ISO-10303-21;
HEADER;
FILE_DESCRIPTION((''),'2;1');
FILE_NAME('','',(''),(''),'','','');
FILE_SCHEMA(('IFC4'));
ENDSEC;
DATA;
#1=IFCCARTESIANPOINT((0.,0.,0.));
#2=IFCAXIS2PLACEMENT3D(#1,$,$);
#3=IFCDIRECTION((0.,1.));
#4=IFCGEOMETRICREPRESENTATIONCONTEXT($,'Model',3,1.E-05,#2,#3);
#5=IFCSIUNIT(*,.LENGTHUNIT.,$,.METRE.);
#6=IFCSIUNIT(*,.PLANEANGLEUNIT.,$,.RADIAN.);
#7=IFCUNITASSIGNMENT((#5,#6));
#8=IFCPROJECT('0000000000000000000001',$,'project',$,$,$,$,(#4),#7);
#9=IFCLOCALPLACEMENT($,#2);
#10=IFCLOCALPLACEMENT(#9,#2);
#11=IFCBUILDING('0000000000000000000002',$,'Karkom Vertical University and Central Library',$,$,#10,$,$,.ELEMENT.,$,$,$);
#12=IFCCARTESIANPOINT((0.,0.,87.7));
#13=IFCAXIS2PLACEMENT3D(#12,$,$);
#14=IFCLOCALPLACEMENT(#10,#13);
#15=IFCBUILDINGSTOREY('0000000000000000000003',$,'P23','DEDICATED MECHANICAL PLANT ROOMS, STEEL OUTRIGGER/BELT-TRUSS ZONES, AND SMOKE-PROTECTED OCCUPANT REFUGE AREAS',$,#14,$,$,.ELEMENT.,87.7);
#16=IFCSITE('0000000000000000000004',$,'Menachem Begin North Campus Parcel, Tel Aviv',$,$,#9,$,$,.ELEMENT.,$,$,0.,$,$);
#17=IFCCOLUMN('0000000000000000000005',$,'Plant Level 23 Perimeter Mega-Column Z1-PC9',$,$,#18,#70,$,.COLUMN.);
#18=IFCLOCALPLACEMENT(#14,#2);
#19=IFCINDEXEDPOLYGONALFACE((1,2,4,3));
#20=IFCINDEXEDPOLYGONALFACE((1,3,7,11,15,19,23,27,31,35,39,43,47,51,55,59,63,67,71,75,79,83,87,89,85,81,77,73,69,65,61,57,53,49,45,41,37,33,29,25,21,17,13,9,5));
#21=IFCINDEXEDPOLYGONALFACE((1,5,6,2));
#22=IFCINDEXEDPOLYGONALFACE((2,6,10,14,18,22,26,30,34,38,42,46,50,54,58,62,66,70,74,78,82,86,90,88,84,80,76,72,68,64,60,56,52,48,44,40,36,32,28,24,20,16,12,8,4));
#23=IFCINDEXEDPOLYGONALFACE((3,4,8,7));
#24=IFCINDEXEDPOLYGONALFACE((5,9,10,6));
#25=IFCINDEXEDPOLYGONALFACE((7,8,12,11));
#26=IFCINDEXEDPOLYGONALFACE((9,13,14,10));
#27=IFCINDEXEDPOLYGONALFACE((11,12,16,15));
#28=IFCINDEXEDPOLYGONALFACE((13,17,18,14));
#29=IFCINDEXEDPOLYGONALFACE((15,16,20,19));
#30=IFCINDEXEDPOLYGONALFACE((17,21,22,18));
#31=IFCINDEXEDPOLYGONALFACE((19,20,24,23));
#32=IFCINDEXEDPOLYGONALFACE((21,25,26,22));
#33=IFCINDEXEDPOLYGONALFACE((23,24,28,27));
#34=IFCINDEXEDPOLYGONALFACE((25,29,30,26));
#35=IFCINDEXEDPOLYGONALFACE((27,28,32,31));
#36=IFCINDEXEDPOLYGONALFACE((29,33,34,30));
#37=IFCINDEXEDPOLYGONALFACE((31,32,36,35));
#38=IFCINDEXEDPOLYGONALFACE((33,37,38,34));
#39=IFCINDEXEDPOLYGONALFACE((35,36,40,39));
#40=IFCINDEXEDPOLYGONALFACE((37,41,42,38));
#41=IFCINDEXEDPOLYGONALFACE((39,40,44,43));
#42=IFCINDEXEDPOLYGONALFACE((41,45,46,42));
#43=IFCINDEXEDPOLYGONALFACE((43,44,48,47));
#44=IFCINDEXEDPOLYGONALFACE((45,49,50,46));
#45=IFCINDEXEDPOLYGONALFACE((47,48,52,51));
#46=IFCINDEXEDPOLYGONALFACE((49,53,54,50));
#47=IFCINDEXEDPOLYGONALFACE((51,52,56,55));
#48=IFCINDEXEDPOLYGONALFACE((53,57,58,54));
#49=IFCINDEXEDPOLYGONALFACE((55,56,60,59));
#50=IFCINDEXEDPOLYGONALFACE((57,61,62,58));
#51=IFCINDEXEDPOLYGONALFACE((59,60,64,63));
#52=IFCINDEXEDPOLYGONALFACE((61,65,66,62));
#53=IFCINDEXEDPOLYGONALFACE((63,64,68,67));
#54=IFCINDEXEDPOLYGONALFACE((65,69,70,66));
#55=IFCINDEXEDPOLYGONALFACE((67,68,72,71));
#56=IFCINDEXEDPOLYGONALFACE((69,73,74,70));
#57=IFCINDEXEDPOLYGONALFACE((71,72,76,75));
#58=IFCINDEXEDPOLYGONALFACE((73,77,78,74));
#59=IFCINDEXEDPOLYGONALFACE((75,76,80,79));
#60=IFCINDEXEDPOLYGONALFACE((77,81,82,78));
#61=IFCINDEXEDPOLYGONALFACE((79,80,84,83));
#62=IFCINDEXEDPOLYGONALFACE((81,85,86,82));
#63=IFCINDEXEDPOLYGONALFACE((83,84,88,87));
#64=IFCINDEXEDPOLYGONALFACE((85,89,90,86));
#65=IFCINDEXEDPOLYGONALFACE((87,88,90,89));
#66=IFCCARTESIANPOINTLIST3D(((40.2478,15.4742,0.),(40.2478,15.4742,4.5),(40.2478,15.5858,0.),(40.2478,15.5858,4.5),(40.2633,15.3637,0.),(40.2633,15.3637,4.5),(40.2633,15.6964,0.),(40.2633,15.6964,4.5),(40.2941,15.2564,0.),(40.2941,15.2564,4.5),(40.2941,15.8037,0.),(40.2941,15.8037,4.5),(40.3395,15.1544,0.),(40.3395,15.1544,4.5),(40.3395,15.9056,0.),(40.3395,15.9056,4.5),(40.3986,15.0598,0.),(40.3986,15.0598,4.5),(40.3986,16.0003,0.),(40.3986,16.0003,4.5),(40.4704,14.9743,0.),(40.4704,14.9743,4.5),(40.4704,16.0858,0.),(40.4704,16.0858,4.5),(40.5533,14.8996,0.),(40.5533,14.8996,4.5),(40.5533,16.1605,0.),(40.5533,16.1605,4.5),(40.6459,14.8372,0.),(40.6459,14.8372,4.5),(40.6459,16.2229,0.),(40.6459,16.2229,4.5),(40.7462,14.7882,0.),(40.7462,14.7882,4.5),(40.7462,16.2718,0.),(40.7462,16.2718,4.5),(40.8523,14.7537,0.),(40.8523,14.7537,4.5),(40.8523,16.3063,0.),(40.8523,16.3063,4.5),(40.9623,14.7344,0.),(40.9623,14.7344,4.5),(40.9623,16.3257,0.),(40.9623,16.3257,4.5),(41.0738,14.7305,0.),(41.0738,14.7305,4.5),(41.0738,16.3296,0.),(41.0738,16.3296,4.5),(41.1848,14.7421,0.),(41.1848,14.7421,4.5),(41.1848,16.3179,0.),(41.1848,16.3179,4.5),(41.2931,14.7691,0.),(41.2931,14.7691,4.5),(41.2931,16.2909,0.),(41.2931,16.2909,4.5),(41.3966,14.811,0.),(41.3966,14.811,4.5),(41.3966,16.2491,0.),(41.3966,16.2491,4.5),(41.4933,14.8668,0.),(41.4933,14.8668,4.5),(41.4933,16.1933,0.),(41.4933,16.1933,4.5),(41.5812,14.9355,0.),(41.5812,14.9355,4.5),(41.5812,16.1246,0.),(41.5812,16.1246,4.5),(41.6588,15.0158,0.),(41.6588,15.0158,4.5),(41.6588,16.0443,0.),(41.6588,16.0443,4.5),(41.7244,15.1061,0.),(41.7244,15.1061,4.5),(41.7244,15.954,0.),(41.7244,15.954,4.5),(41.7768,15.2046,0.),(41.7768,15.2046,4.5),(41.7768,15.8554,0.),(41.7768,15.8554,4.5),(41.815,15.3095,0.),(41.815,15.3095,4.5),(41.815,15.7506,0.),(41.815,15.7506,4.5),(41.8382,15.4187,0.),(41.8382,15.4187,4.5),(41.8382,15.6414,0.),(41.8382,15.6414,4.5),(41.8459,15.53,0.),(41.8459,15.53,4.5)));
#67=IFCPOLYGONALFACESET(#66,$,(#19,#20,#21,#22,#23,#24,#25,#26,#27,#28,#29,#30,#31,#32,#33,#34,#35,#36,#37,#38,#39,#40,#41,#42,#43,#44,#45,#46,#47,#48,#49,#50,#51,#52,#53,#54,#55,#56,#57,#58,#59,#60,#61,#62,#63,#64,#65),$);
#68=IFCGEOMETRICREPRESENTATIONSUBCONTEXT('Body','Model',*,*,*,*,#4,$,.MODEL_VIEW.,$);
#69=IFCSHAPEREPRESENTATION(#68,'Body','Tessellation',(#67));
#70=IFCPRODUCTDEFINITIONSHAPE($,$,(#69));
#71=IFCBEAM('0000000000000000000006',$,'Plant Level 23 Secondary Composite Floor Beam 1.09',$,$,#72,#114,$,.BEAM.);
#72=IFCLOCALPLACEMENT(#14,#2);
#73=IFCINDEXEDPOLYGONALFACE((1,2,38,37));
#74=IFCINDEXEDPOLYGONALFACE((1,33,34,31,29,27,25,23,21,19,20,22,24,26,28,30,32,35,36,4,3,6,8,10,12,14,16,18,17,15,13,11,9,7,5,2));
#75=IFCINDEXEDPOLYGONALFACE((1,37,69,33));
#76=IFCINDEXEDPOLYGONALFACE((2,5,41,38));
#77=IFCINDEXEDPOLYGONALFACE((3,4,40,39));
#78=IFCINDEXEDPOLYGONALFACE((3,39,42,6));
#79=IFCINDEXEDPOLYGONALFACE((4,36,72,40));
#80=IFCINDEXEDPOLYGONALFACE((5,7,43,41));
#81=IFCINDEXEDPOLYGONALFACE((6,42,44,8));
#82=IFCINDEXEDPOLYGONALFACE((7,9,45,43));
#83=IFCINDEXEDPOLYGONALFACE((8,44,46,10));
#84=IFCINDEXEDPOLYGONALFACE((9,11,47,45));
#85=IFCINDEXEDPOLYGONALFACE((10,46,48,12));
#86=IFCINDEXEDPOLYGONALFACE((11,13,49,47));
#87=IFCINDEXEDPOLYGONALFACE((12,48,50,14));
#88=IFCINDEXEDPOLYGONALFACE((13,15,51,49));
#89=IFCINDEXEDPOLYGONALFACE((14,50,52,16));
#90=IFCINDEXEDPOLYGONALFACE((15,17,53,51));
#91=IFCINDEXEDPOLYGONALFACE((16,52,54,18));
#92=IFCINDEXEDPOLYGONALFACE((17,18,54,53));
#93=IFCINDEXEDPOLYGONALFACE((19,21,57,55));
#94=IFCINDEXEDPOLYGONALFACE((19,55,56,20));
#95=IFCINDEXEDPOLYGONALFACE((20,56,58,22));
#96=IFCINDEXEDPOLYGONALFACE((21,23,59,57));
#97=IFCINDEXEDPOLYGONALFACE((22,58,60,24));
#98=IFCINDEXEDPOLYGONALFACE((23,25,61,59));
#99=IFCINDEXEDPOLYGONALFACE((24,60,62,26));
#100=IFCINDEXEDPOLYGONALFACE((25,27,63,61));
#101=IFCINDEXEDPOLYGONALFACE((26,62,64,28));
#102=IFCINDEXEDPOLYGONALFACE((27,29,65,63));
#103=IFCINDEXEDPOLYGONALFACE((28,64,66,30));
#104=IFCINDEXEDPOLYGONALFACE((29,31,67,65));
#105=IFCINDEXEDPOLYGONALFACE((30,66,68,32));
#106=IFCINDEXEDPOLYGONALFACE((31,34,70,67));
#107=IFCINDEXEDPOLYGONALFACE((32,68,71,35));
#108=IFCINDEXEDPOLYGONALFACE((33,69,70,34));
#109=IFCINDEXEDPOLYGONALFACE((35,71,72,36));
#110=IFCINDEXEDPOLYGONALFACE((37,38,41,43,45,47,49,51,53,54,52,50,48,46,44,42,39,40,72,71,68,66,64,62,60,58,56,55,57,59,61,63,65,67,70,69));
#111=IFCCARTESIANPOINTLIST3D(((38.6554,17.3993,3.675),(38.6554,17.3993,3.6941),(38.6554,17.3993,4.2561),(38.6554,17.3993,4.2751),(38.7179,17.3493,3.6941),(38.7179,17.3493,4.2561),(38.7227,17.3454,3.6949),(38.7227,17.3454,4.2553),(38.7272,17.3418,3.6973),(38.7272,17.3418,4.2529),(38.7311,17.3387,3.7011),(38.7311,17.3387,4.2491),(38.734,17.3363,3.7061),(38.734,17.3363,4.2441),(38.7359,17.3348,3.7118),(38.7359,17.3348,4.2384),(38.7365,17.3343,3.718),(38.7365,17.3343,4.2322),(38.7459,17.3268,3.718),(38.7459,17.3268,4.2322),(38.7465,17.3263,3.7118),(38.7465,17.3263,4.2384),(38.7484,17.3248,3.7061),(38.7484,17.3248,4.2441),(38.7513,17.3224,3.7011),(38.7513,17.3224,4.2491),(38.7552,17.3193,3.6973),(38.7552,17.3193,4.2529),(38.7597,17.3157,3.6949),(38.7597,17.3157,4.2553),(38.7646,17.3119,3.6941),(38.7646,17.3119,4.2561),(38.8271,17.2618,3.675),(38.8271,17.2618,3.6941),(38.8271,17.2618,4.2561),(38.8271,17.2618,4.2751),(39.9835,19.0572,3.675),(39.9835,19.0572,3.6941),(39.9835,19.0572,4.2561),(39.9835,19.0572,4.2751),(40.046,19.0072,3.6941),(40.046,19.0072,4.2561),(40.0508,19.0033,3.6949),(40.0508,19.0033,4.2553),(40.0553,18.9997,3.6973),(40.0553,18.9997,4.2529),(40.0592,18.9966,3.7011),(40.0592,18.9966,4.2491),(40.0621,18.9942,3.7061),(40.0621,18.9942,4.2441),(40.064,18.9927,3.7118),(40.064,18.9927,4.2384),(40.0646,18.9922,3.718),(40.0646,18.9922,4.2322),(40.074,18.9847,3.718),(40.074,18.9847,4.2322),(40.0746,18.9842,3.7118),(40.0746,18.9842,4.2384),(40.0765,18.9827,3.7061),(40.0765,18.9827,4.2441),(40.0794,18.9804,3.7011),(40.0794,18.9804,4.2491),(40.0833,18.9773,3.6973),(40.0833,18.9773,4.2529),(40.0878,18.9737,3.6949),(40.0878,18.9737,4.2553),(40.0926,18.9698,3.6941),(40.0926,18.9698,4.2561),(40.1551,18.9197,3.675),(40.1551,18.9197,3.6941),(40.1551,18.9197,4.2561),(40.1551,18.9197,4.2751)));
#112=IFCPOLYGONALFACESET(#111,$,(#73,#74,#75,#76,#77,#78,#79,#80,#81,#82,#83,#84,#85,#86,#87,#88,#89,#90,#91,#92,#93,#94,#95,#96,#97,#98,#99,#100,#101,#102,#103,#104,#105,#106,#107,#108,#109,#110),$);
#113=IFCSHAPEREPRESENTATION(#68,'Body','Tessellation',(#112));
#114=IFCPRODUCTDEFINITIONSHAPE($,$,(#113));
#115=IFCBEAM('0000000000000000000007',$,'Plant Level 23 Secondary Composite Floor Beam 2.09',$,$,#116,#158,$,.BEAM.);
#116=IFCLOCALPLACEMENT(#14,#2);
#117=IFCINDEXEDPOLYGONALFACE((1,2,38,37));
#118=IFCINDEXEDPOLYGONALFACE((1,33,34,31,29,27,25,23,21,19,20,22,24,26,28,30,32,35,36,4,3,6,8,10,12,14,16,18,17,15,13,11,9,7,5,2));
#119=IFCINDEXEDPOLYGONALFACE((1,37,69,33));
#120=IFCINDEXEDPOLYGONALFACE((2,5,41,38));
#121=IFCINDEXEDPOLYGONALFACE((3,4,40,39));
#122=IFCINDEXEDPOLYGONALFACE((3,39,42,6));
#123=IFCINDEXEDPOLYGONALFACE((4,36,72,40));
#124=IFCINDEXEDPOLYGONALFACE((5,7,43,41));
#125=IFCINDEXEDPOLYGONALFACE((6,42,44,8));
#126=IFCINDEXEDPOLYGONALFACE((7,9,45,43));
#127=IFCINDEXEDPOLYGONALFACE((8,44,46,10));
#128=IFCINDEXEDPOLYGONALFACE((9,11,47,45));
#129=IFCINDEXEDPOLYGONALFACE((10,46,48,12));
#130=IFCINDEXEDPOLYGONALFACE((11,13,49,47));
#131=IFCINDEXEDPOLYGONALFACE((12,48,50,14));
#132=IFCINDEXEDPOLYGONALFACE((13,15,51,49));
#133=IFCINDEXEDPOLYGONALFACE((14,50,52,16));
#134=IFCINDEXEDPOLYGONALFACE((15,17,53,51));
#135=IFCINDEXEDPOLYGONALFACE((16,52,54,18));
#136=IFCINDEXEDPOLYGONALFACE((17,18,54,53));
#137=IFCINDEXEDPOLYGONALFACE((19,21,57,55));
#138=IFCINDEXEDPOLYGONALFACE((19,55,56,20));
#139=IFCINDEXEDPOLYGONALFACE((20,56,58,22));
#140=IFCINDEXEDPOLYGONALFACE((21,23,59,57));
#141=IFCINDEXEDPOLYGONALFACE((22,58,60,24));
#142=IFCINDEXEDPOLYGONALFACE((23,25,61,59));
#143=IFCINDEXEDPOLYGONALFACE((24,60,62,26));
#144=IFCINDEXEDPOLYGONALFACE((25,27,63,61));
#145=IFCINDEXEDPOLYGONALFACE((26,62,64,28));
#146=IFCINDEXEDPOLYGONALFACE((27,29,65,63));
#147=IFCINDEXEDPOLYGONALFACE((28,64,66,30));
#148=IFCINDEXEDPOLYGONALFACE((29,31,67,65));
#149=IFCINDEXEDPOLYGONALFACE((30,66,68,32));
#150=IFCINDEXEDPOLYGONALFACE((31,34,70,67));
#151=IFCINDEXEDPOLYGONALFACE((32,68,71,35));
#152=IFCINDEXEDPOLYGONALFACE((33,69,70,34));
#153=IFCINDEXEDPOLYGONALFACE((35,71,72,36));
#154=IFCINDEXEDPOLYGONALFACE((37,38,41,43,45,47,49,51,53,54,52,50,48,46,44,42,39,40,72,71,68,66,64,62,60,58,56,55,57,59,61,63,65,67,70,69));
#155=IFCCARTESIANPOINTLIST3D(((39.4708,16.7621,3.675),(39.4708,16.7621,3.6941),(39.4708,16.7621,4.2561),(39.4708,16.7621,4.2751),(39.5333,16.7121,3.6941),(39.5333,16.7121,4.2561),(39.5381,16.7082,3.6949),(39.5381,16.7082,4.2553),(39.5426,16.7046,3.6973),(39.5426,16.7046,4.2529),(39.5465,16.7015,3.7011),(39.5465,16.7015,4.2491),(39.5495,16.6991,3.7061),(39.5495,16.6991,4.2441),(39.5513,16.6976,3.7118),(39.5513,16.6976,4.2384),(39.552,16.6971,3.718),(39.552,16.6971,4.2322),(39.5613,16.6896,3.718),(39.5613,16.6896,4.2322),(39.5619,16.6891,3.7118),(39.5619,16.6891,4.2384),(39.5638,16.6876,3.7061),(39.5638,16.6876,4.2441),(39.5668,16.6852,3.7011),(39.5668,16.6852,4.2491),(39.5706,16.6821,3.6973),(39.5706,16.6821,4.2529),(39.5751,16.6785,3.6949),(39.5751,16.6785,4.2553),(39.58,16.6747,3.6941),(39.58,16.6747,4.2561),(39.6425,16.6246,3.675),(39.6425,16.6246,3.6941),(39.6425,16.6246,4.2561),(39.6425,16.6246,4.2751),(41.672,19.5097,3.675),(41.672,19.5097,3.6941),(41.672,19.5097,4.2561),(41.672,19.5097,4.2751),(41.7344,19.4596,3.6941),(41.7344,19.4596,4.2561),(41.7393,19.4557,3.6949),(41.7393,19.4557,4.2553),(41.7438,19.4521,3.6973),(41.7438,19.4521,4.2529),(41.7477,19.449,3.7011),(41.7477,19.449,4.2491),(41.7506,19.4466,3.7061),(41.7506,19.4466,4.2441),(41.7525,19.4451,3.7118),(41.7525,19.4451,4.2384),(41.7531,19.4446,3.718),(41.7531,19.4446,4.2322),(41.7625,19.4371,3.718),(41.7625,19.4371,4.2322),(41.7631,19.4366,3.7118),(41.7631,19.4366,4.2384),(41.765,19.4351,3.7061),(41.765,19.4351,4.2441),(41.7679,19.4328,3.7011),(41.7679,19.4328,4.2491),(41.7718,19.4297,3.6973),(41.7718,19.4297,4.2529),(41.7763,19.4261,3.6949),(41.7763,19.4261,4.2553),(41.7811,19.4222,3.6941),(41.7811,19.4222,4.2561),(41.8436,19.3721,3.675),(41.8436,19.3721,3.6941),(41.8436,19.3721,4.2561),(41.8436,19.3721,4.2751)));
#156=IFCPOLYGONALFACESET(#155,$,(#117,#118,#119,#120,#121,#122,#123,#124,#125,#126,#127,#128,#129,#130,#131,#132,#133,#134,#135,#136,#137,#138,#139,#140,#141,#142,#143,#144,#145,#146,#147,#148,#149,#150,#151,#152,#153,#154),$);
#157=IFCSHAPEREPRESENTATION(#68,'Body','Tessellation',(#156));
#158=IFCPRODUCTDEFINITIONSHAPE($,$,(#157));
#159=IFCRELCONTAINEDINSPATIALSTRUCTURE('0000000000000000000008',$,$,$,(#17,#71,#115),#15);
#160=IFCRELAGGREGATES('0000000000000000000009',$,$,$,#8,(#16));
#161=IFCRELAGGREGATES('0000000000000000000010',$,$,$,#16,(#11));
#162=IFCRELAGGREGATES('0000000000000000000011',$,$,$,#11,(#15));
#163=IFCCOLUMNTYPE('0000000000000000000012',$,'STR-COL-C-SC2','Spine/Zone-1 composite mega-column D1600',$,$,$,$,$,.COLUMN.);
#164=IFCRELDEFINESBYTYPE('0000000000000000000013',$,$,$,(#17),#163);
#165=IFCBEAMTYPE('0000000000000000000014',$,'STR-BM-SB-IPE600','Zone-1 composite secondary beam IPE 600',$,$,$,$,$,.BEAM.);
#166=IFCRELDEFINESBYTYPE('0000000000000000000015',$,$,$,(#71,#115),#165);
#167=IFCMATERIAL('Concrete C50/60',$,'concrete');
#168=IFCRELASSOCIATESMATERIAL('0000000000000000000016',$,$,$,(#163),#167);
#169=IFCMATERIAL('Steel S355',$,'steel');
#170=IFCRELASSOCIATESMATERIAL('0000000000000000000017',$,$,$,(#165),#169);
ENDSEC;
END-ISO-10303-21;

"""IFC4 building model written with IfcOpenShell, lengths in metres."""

from ifc_helpers import new_model, si_unit, direction, frame, origin, origin_with_axes, origin_2d, place, context, subcontext, project, spatial, circle, i_section, extrude, source, transform, mapped, material, material_profile, profile_set, type_object, element, save


model = new_model("IFC4")

# Units and contexts
model_context = context("Model", 3, precision=1e-05, world=origin(), true_north=direction((0.0, 1.0)))
body_context = subcontext(model_context, "Body", "Model", "MODEL_VIEW")
ifc_project = project(units=[si_unit("LENGTHUNIT", "METRE"), si_unit("PLANEANGLEUNIT", "RADIAN")], contexts=[model_context])

# Site, building, storey
site_placement = place(None, origin())
site = spatial("IfcSite", under=ifc_project, at=site_placement, Name="Menachem Begin North Campus Parcel, Tel Aviv", CompositionType="ELEMENT", RefElevation=0.0)
building_placement = place(site_placement, origin())
building = spatial("IfcBuilding", under=site, at=building_placement, Name="Karkom Vertical University and Central Library", CompositionType="ELEMENT")
storey_placement = place(building_placement, frame((0.0, 0.0, 87.7)))
storey = spatial("IfcBuildingStorey", under=building, at=storey_placement, Name="P23", Description="DEDICATED MECHANICAL PLANT ROOMS, STEEL OUTRIGGER/BELT-TRUSS ZONES, AND SMOKE-PROTECTED OCCUPANT REFUGE AREAS", CompositionType="ELEMENT", Elevation=87.7)

# Column
ifc_material_1 = material(Name="Concrete C50/60", Category="concrete")
ifc_material_profile_1 = material_profile(ifc_material_1, circle(Radius=0.8, at=origin_2d()), Name="CFT-D1600")
ifc_profile_set_1 = profile_set([ifc_material_profile_1], Name="Concrete C50/60")
column_type = type_object("IfcColumnType", Name="STR-COL-C-SC2", Description="Spine/Zone-1 composite mega-column D1600", PredefinedType="COLUMN", material=ifc_profile_set_1)
shared_shape_1 = source(origin_with_axes(), body_context, "Body", "SweptSolid", [
    extrude(circle(Radius=0.8, at=origin_2d()), origin(), (0.0, 0.0, 1.0), 4.5),
])
column_placement = place(storey_placement, frame((41.0459, 15.53, 0.0), z_axis=(0.0, 0.0, 1.0), x_axis=(1.0, 0.0, 0.0)))
element("IfcColumn", 1, at=column_placement, inside=storey, type_object=column_type, Name="Plant Level 23 Perimeter Mega-Column Z1-PC9", PredefinedType="COLUMN", context=body_context, shape_type="MappedRepresentation", body=[
    mapped(shared_shape_1, transform((0.0, 0.0, 0.0), scale=1.0)),
])

# Beams
ifc_material_2 = material(Name="Steel S355", Category="steel")
ifc_material_profile_2 = material_profile(ifc_material_2, i_section(OverallWidth=0.22, OverallDepth=0.6001, WebThickness=0.012, FlangeThickness=0.019, FilletRadius=0.0239, at=origin_2d()), Name="IPE 600")
ifc_profile_set_2 = profile_set([ifc_material_profile_2], Name="Steel S355")
beam_type_1 = type_object("IfcBeamType", Name="STR-BM-SB-IPE600", Description="Zone-1 composite secondary beam IPE 600", PredefinedType="BEAM", material=ifc_profile_set_2)
shared_shape_2 = source(origin_with_axes(), body_context, "Body", "SweptSolid", [
    extrude(i_section(OverallWidth=0.22, OverallDepth=0.6001, WebThickness=0.012, FlangeThickness=0.019, FilletRadius=0.0239, at=origin_2d()), origin(), (0.0, 0.0, 1.0), 2.1243),
])
beam_1_placement = place(storey_placement, frame((38.7412, 17.3306, 3.9751), z_axis=(0.625199, 0.780465, 0.0), x_axis=(-0.780465, 0.625199, 0.0)))
element("IfcBeam", 2, at=beam_1_placement, inside=storey, type_object=beam_type_1, Name="Plant Level 23 Secondary Composite Floor Beam 1.09", PredefinedType="BEAM", context=body_context, shape_type="MappedRepresentation", body=[
    mapped(shared_shape_2, transform((0.0, 0.0, 0.0), scale=1.0)),
])
shared_shape_3 = source(origin_with_axes(), body_context, "Body", "SweptSolid", [
    extrude(i_section(OverallWidth=0.22, OverallDepth=0.6001, WebThickness=0.012, FlangeThickness=0.019, FilletRadius=0.0239, at=origin_2d()), origin(), (0.0, 0.0, 1.0), 3.5205),
])
beam_2_placement = place(storey_placement, frame((39.5566, 16.6934, 3.9751), z_axis=(0.625236, 0.780436, 0.0), x_axis=(-0.780436, 0.625236, 0.0)))
element("IfcBeam", 3, at=beam_2_placement, inside=storey, type_object=beam_type_1, Name="Plant Level 23 Secondary Composite Floor Beam 2.09", PredefinedType="BEAM", context=body_context, shape_type="MappedRepresentation", body=[
    mapped(shared_shape_3, transform((0.0, 0.0, 0.0), scale=1.0)),
])

save(model, "model.ifc")
